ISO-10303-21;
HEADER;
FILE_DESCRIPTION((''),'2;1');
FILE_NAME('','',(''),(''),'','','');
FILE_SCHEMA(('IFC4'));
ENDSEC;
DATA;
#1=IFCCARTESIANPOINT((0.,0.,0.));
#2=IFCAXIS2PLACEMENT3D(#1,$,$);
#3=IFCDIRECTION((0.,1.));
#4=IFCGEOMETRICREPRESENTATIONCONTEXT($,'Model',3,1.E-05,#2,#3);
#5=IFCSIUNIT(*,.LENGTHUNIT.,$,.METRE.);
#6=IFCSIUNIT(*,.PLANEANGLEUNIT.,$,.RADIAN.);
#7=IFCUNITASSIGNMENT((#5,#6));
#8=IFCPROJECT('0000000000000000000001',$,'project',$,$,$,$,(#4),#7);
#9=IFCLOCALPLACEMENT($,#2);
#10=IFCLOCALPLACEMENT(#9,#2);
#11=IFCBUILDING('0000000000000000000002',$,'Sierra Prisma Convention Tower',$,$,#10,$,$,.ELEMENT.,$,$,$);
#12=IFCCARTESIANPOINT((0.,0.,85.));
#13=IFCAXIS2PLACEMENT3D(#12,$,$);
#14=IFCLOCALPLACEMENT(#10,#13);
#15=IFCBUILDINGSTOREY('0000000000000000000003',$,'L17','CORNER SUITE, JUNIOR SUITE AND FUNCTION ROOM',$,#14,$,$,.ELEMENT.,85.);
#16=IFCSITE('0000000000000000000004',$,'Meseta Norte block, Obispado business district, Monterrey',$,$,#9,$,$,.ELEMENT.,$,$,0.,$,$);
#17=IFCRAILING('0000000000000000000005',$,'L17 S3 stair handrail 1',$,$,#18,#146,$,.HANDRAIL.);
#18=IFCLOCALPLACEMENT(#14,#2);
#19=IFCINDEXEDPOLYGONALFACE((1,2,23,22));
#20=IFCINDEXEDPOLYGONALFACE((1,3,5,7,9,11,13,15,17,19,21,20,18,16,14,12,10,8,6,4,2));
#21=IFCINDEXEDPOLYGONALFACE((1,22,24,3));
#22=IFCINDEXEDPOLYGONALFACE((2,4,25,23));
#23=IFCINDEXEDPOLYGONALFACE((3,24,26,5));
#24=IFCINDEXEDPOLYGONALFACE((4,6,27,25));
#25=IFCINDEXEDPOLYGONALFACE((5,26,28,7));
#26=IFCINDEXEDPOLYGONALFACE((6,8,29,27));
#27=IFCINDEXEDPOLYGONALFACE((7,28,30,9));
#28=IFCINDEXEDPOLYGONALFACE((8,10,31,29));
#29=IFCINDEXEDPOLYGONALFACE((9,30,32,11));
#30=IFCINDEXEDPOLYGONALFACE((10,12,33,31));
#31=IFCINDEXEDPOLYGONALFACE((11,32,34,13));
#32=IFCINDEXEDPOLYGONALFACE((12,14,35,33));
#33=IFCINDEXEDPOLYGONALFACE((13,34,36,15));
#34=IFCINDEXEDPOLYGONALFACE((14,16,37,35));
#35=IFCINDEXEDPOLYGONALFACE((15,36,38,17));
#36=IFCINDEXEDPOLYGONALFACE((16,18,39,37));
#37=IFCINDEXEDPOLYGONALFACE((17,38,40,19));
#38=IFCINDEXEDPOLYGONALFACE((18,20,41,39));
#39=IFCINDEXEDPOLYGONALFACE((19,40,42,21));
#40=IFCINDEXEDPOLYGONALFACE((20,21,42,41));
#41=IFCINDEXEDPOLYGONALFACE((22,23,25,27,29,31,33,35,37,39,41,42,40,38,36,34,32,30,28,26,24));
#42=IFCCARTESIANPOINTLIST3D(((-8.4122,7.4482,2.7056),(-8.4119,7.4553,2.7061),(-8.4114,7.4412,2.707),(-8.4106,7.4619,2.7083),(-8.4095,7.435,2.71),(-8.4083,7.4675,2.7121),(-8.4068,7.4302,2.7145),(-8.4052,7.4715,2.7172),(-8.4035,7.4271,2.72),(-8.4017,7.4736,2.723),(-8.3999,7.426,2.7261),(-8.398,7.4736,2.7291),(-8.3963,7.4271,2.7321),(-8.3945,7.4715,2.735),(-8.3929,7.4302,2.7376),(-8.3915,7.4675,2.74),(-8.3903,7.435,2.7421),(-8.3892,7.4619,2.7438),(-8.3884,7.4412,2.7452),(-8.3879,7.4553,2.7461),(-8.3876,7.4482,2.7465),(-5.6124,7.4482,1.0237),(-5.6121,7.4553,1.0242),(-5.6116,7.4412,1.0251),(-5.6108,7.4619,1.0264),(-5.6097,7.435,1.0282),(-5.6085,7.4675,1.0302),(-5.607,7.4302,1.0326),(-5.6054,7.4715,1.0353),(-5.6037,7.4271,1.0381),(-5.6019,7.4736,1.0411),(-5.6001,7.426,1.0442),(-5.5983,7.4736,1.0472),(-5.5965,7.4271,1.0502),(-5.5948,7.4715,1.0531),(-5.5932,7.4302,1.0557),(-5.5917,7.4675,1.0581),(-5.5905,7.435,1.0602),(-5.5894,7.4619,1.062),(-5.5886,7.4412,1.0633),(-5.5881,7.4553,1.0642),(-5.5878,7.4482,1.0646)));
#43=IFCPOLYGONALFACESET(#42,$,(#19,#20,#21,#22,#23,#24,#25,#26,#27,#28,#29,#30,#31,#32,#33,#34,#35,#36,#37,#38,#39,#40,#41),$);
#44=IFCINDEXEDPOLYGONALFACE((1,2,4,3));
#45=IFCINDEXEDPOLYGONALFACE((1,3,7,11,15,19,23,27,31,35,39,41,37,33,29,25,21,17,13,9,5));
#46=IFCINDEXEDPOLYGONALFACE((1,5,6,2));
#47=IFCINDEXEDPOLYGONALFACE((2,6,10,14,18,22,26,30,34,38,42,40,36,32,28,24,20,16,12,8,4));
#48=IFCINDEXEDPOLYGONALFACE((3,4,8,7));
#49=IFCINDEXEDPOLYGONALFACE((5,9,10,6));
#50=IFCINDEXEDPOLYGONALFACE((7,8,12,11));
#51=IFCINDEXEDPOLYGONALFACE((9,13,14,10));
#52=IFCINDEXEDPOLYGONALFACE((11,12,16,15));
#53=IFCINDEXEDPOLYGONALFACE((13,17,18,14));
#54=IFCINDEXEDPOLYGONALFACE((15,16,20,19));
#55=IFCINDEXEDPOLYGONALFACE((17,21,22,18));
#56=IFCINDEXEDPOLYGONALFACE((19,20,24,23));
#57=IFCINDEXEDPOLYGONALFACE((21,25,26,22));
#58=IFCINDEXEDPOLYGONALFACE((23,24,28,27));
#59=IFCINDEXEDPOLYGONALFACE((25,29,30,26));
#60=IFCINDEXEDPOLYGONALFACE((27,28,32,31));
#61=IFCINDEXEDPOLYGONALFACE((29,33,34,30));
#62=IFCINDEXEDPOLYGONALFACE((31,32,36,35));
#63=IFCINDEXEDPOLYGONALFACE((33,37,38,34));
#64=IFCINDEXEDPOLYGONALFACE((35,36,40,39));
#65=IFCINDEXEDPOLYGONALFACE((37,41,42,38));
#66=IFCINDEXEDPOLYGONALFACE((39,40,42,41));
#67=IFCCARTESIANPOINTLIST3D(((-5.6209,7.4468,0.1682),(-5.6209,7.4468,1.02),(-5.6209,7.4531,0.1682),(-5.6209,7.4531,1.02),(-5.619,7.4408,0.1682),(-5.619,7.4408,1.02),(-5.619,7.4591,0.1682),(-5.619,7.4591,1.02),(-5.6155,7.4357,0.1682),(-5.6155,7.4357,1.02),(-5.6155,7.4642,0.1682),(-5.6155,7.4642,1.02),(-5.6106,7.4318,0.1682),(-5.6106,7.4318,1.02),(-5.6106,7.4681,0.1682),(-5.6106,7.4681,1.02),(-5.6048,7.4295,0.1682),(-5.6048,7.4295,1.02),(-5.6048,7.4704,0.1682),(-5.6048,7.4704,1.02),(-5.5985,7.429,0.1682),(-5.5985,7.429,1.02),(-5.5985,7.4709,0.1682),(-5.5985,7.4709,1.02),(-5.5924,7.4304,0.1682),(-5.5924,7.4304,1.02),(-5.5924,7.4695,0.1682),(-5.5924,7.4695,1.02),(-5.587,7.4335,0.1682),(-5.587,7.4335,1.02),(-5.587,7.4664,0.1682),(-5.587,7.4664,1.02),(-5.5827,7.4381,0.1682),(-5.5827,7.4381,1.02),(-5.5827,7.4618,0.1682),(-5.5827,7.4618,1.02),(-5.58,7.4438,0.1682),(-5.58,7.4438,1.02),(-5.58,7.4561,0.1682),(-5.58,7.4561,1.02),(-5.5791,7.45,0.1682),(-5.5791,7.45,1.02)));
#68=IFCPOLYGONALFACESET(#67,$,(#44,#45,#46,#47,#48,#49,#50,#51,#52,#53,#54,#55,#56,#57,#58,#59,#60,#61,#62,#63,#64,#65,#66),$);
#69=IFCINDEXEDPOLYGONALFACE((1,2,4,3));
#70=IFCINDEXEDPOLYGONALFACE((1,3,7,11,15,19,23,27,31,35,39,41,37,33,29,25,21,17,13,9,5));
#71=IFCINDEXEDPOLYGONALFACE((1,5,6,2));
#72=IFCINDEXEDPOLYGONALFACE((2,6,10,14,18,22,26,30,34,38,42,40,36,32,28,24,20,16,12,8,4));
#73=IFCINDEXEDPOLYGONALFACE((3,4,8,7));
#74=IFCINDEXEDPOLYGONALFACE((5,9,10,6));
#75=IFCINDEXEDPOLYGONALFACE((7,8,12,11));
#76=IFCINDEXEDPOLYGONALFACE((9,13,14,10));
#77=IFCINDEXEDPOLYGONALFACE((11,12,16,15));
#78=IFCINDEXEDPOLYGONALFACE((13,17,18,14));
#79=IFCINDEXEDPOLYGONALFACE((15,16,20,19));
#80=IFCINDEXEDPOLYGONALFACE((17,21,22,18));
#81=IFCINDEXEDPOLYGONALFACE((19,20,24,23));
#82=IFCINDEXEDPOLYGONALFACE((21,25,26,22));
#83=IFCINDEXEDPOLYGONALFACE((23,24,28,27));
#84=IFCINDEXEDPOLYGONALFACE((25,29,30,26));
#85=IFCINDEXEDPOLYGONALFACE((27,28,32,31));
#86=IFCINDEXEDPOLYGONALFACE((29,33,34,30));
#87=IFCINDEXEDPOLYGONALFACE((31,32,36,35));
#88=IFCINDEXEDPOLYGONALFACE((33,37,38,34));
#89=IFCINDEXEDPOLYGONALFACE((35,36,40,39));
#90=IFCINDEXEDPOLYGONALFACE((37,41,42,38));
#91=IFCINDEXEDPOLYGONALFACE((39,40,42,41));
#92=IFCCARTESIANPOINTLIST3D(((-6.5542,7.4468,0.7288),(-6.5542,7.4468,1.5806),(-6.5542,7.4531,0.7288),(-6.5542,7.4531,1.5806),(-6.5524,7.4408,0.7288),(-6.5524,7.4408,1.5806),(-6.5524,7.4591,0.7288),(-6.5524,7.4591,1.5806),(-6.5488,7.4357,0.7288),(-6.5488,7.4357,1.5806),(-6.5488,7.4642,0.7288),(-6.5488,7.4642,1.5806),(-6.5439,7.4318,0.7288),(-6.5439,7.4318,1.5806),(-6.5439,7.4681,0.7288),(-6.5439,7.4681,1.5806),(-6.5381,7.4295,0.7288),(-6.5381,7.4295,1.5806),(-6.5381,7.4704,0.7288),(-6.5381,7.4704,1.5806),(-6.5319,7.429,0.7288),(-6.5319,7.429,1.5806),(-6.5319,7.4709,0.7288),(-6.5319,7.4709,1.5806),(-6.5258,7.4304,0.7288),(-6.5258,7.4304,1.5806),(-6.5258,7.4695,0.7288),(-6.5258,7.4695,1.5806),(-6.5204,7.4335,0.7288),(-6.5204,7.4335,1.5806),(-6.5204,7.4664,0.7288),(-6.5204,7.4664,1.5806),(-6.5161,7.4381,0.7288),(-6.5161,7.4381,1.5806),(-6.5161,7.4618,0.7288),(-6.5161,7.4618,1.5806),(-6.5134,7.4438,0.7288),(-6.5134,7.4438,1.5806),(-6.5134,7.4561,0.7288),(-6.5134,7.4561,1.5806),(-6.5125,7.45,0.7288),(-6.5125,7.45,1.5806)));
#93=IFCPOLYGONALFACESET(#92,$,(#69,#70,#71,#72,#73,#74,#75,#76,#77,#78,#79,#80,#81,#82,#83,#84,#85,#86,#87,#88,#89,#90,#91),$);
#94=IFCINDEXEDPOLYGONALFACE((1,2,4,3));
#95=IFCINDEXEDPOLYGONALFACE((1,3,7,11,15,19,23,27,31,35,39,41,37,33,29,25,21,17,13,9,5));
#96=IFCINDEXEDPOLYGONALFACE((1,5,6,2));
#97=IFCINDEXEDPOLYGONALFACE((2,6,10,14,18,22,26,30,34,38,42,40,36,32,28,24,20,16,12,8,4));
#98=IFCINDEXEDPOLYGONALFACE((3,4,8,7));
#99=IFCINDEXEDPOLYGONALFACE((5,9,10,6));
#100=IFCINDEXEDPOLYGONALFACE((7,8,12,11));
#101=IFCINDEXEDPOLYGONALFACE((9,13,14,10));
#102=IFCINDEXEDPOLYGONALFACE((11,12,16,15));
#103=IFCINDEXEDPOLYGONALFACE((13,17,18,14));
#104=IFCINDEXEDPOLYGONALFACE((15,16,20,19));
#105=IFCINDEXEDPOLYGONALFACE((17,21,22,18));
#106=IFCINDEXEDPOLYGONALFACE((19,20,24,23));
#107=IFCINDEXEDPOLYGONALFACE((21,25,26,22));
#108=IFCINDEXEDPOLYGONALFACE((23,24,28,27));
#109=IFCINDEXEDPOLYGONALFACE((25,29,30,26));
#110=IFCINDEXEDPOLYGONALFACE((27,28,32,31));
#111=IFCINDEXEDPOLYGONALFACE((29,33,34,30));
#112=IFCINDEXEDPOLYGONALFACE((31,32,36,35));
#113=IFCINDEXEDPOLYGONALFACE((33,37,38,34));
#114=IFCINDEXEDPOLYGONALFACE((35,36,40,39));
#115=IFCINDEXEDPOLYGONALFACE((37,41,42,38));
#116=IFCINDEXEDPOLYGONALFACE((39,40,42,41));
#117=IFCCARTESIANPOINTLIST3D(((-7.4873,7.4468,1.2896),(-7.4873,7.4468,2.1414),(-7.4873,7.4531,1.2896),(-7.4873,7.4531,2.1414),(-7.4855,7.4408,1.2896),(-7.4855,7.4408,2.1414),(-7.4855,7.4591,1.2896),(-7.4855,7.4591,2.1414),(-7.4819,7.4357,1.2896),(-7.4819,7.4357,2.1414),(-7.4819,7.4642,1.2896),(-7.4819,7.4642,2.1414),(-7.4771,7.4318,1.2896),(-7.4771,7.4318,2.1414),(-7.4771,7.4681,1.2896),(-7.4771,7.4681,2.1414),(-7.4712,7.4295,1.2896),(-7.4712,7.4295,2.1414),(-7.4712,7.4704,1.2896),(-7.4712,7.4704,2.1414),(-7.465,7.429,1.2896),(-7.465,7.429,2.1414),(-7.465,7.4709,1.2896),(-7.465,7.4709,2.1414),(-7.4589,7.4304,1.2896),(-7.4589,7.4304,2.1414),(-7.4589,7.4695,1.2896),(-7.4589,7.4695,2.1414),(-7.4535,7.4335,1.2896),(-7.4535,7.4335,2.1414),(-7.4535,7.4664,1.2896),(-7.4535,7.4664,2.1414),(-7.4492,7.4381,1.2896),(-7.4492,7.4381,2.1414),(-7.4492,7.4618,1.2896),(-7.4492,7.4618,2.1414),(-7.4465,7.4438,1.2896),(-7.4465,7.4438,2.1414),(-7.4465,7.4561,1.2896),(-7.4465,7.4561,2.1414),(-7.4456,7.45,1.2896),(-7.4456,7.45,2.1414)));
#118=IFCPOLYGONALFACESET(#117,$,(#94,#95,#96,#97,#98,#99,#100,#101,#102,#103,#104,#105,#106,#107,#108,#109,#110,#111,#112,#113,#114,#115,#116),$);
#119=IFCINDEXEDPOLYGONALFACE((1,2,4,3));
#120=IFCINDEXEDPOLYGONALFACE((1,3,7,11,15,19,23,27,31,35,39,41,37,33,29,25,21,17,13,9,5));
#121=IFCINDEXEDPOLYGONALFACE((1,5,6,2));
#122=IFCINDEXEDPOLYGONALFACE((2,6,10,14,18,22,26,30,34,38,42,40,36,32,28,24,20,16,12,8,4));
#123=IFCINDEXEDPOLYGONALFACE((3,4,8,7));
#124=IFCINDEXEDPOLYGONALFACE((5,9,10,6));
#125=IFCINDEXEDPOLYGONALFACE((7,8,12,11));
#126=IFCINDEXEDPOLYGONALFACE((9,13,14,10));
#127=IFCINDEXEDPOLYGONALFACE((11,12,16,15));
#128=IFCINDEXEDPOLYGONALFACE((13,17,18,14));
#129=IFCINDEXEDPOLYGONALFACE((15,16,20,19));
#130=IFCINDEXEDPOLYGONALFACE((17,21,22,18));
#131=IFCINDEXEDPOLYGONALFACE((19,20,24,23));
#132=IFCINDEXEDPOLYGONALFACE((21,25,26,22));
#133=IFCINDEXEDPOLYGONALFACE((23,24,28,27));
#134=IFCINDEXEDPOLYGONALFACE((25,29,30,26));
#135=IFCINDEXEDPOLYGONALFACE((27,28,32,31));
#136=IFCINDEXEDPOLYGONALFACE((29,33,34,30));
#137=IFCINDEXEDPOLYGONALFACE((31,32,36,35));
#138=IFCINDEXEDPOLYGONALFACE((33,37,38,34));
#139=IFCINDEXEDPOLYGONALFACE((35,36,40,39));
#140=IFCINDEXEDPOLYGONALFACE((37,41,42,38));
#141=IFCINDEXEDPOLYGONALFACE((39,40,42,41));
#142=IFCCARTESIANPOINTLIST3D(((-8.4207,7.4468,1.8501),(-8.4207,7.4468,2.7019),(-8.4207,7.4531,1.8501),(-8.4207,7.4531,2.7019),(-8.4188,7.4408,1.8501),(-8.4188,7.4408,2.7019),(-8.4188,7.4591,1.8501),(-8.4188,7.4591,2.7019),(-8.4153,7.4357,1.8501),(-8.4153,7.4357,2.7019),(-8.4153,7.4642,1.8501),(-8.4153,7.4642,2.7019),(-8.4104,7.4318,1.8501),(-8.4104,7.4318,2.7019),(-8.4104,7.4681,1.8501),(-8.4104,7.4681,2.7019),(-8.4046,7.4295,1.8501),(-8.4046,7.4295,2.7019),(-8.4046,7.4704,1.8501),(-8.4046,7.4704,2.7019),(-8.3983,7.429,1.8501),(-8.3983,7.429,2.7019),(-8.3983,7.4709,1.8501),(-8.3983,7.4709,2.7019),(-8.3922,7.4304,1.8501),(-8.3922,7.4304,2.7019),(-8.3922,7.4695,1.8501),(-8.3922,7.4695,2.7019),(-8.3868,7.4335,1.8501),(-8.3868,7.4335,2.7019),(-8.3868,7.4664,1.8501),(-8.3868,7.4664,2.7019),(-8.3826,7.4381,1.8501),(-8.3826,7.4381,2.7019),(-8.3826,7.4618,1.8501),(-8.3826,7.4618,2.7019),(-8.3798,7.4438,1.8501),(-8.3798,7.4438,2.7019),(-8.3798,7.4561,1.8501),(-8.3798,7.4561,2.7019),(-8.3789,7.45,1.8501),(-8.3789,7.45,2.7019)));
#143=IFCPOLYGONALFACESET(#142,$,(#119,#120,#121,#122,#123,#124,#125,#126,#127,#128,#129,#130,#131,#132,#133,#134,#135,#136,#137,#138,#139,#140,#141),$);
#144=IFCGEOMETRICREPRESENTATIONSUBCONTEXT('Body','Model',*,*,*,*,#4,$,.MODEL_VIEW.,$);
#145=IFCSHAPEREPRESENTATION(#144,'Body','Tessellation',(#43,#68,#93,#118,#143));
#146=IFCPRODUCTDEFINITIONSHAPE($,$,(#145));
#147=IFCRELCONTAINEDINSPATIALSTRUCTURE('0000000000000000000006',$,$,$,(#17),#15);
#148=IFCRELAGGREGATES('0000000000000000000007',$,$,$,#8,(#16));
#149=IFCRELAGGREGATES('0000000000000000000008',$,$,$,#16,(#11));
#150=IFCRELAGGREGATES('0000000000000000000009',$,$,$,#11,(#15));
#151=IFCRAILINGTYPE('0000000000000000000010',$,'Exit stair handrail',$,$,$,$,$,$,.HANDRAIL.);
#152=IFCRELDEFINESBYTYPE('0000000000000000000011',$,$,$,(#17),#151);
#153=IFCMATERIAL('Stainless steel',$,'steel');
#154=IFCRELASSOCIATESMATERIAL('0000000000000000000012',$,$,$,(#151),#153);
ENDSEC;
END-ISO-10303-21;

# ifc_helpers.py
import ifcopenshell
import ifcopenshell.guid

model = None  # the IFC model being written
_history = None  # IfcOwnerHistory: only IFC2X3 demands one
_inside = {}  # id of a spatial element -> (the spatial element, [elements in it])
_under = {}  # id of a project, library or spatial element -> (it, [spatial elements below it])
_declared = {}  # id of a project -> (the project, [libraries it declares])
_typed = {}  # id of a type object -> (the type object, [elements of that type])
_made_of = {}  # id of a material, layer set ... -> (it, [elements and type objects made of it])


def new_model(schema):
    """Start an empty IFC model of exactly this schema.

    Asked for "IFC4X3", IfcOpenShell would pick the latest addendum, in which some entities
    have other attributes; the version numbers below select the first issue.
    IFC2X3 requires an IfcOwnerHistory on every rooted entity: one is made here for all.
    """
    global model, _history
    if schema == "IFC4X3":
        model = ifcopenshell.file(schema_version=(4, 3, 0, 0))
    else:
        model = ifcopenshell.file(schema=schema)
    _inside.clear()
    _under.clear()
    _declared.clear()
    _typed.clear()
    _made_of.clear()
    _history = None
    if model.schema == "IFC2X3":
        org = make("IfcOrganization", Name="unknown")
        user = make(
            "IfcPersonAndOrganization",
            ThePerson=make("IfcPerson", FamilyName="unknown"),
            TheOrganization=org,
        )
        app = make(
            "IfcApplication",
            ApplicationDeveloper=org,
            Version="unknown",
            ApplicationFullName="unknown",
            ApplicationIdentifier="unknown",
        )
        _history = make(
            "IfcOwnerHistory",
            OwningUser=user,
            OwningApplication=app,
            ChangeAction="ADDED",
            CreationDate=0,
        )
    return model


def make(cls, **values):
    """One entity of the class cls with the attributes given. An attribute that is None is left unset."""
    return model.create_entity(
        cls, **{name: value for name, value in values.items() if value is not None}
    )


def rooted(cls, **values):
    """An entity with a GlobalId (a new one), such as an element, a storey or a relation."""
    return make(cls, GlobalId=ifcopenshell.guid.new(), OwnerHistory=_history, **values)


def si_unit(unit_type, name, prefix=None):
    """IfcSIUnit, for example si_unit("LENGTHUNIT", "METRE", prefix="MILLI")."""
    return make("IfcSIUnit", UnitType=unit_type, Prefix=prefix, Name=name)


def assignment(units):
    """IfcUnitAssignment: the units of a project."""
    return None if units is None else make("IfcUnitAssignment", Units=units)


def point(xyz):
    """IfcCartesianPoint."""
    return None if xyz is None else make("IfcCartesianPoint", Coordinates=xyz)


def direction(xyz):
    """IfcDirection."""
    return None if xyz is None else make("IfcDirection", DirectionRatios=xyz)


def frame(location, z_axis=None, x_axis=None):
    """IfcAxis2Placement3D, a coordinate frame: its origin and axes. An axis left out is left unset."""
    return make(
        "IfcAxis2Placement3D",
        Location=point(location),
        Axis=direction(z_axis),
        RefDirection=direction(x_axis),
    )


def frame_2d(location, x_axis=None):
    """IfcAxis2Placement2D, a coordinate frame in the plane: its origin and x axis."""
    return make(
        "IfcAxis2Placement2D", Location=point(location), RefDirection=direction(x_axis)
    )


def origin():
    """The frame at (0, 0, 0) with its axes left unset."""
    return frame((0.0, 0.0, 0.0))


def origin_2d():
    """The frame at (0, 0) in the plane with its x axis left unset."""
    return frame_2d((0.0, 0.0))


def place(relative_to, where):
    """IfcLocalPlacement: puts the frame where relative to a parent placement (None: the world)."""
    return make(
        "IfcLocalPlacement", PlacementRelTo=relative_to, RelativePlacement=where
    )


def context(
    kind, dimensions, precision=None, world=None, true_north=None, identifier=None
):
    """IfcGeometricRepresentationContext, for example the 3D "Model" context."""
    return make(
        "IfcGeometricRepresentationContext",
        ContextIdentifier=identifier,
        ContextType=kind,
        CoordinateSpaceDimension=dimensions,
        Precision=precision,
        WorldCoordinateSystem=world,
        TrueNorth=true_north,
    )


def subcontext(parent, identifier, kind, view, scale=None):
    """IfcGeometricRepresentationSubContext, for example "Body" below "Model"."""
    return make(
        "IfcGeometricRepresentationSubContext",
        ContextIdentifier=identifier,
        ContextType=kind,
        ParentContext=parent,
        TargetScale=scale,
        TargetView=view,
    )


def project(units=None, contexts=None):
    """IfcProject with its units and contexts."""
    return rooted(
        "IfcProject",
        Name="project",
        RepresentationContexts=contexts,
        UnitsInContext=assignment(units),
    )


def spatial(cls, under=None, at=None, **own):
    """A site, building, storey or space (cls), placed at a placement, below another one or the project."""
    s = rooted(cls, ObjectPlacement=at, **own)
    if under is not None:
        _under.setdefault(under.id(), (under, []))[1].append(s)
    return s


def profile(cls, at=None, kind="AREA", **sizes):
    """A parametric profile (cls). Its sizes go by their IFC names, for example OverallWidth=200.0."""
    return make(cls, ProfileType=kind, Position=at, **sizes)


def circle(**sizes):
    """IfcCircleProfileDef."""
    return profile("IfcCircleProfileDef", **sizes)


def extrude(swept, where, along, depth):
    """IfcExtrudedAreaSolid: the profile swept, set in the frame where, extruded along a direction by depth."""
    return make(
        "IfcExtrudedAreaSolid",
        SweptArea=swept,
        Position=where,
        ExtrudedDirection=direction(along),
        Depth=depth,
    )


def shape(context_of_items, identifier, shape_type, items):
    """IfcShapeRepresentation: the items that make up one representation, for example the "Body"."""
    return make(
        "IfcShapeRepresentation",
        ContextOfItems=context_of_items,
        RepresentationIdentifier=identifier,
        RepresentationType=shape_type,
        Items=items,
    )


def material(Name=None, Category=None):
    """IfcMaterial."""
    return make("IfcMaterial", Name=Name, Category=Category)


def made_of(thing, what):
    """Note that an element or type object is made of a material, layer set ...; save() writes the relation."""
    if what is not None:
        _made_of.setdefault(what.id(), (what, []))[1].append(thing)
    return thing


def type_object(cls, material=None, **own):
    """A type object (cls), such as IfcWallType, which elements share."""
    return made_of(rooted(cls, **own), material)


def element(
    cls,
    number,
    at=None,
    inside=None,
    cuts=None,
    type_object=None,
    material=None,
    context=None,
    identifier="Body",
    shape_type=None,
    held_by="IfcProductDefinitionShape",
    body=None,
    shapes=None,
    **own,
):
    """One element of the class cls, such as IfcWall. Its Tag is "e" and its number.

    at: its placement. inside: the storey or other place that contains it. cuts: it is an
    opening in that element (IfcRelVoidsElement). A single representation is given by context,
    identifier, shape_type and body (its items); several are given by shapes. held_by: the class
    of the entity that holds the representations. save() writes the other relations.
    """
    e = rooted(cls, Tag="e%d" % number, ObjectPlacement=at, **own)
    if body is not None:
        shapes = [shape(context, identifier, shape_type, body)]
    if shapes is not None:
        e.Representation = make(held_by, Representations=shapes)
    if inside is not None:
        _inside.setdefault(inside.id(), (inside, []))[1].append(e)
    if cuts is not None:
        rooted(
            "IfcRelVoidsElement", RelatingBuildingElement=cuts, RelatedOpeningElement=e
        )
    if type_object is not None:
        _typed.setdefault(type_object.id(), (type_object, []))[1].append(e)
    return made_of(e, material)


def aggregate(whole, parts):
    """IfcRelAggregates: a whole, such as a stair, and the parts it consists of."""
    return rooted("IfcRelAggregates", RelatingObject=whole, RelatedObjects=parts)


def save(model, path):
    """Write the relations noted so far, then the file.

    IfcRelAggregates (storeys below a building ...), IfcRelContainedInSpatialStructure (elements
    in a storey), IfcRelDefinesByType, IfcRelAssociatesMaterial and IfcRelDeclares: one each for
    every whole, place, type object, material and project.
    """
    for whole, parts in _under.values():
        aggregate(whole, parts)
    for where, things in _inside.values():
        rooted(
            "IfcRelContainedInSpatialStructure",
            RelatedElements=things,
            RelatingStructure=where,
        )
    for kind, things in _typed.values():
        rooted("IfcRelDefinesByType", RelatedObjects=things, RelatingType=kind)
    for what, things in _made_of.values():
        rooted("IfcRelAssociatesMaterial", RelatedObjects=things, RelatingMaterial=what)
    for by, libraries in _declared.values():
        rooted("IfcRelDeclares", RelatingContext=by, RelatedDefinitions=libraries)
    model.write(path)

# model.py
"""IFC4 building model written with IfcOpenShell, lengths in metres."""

from ifc_helpers import new_model, si_unit, direction, frame, origin, origin_2d, place, context, subcontext, project, spatial, circle, extrude, material, type_object, element, save


model = new_model("IFC4")

# Units and contexts
model_context = context("Model", 3, precision=1e-05, world=origin(), true_north=direction((0.0, 1.0)))
body_context = subcontext(model_context, "Body", "Model", "MODEL_VIEW")
ifc_project = project(units=[si_unit("LENGTHUNIT", "METRE"), si_unit("PLANEANGLEUNIT", "RADIAN")], contexts=[model_context])

# Site, building, storey
site_placement = place(None, origin())
site = spatial("IfcSite", under=ifc_project, at=site_placement, Name="Meseta Norte block, Obispado business district, Monterrey", CompositionType="ELEMENT", RefElevation=0.0)
building_placement = place(site_placement, origin())
building = spatial("IfcBuilding", under=site, at=building_placement, Name="Sierra Prisma Convention Tower", CompositionType="ELEMENT")
storey_placement = place(building_placement, frame((0.0, 0.0, 85.0)))
storey = spatial("IfcBuildingStorey", under=building, at=storey_placement, Name="L17", Description="CORNER SUITE, JUNIOR SUITE AND FUNCTION ROOM", CompositionType="ELEMENT", Elevation=85.0)

# Railing
ifc_material_1 = material(Name="Stainless steel", Category="steel")
railing_type_1 = type_object("IfcRailingType", Name="Exit stair handrail", PredefinedType="HANDRAIL", material=ifc_material_1)
railing_1_placement = place(storey_placement, frame((-5.6001, 7.45, 0.1682)))
element("IfcRailing", 1, at=railing_1_placement, inside=storey, type_object=railing_type_1, Name="L17 S3 stair handrail 1", PredefinedType="HANDRAIL", context=body_context, shape_type="SweptSolid", body=[
    extrude(circle(Radius=0.0239, at=origin_2d()), frame((0.0, 0.0, 0.876), z_axis=(-0.857222, 0.0, 0.514946), x_axis=(0.0, -1.0, 0.0)), (0.0, 0.0, 1.0), 3.2661),
    extrude(circle(Radius=0.021, at=origin_2d()), origin(), (0.0, 0.0, 1.0), 0.8518),
    extrude(circle(Radius=0.021, at=origin_2d()), frame((-0.9333, 0.0, 0.5605)), (0.0, 0.0, 1.0), 0.8518),
    extrude(circle(Radius=0.021, at=origin_2d()), frame((-1.8665, 0.0, 1.1213)), (0.0, 0.0, 1.0), 0.8518),
    extrude(circle(Radius=0.021, at=origin_2d()), frame((-2.7998, 0.0, 1.6819)), (0.0, 0.0, 1.0), 0.8518),
])

save(model, "model.ifc")
